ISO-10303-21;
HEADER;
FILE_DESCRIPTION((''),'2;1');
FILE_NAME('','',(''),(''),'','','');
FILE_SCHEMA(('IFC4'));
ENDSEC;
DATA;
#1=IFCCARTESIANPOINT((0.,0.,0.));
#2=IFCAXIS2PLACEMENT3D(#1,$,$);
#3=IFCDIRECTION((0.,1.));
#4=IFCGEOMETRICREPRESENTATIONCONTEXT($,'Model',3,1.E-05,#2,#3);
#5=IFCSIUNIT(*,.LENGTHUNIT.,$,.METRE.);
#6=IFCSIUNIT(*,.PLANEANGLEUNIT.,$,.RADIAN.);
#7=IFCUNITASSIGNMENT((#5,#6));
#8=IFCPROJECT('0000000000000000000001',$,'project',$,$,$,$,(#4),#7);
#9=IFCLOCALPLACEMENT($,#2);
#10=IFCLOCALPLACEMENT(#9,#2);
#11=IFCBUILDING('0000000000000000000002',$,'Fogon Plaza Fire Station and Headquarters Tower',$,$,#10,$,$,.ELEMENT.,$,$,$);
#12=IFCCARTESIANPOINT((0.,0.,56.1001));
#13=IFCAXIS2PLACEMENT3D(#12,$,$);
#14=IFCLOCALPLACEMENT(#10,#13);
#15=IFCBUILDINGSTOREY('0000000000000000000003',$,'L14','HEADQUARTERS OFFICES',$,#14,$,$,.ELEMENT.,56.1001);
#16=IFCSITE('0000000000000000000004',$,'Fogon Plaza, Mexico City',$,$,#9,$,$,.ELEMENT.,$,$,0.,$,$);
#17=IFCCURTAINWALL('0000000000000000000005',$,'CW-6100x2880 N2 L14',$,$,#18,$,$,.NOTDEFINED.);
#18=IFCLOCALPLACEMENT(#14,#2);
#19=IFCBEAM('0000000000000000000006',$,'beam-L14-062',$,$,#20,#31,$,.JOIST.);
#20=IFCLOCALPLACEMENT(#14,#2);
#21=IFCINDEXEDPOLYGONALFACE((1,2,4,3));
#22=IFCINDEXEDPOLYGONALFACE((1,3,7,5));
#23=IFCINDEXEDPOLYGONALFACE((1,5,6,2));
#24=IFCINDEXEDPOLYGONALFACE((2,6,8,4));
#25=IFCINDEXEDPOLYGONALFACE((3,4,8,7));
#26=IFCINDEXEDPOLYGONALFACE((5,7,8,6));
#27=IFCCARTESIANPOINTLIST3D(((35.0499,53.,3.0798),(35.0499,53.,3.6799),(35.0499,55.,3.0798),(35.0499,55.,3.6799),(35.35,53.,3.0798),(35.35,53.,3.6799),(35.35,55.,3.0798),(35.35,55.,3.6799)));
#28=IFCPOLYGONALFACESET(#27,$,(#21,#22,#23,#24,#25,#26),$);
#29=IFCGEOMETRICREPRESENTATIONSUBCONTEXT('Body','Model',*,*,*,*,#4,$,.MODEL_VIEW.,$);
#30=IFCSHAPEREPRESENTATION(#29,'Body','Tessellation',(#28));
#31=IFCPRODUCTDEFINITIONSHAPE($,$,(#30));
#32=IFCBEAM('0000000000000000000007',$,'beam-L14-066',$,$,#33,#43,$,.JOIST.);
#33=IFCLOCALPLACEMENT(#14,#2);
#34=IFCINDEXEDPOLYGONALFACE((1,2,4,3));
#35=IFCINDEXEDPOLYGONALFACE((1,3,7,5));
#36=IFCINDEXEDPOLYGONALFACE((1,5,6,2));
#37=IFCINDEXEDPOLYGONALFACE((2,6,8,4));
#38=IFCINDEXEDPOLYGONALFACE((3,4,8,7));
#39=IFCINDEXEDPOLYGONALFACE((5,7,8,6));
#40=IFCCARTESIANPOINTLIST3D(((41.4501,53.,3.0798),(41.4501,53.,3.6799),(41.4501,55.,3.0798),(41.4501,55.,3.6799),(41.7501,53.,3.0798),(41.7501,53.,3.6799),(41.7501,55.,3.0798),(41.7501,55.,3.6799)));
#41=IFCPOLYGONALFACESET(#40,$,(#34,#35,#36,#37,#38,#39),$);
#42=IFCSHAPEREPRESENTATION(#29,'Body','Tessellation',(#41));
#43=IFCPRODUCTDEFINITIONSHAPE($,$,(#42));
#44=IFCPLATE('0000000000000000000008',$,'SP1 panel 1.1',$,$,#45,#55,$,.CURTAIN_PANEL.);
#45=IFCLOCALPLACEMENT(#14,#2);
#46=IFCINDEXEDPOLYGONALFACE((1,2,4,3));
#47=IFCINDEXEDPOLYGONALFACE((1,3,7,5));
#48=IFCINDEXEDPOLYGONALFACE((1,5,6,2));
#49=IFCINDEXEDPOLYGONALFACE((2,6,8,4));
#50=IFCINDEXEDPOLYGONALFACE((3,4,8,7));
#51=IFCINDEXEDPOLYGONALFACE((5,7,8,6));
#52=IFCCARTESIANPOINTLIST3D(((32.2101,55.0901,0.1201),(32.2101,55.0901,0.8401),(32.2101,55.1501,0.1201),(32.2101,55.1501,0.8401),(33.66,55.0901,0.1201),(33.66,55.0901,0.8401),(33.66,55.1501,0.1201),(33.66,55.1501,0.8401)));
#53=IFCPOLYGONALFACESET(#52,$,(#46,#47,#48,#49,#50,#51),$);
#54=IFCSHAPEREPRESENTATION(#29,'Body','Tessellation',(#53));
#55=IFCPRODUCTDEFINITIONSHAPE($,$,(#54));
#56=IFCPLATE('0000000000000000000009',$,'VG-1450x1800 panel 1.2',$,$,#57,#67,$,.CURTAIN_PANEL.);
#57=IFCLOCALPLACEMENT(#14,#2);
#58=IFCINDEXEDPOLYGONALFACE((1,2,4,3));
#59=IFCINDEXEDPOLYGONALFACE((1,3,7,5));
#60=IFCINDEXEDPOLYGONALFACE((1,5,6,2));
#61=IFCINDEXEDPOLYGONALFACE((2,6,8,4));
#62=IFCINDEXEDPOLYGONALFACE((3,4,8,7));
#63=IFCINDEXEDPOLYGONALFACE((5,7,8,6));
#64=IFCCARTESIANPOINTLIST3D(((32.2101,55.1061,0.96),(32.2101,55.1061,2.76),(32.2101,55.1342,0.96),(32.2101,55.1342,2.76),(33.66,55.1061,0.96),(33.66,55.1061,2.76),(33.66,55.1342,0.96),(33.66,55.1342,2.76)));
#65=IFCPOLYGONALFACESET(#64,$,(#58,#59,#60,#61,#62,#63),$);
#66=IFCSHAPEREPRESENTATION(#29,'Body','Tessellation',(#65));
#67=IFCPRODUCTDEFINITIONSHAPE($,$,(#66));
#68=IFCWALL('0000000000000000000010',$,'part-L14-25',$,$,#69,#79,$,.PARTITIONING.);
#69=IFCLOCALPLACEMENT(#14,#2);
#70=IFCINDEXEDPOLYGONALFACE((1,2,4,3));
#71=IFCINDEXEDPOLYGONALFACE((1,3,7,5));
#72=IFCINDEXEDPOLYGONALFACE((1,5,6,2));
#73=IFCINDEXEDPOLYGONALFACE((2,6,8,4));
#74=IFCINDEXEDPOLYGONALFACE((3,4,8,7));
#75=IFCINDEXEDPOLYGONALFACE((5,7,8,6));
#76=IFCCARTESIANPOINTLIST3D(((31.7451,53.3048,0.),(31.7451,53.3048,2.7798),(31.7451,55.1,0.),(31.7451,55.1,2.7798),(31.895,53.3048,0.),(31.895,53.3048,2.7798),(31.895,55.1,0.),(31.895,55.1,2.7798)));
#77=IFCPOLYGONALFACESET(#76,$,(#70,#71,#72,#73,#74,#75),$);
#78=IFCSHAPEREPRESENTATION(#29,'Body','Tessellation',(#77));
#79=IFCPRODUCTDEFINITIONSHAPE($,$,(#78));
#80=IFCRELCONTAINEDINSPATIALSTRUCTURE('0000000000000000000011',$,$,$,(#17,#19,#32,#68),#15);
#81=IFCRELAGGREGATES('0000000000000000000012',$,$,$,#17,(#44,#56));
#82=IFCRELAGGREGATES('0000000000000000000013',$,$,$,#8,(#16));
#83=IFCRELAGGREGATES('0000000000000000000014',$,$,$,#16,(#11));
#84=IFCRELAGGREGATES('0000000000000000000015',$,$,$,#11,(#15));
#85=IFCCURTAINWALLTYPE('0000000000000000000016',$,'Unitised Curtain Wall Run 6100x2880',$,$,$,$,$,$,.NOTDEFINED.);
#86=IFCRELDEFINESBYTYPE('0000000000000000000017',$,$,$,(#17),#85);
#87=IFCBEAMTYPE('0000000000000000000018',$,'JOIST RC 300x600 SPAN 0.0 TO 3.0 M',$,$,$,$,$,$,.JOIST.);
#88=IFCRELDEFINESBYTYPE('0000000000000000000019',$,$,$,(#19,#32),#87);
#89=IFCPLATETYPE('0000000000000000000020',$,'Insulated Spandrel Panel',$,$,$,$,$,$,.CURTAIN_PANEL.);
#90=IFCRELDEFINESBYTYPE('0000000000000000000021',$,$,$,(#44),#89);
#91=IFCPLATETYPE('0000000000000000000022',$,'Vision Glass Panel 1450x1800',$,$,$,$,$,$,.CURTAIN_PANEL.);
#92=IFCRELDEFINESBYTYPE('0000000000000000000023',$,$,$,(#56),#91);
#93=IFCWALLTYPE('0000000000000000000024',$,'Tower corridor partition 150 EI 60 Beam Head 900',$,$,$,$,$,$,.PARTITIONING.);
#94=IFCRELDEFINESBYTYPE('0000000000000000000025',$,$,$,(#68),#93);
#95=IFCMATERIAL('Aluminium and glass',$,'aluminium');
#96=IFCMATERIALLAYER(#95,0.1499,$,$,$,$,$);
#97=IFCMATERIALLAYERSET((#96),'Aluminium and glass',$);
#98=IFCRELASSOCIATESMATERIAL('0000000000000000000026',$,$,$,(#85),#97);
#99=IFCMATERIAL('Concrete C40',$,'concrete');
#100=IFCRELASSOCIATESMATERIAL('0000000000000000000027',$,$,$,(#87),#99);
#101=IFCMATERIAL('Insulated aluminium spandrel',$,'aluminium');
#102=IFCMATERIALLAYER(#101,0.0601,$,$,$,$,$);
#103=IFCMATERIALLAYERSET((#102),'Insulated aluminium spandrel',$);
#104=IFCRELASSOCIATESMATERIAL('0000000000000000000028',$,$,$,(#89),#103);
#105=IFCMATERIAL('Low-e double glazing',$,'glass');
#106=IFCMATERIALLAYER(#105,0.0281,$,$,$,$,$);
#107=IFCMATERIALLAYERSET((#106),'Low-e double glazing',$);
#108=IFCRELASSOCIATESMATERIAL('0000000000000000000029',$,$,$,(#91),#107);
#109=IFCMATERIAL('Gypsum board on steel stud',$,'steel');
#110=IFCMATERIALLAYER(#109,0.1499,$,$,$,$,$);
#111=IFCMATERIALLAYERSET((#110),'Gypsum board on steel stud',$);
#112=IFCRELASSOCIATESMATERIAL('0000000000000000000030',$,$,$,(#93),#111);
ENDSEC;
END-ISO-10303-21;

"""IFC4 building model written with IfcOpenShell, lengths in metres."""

from ifc_helpers import new_model, si_unit, direction, frame, frame_2d, origin, origin_2d, place, context, subcontext, project, spatial, rectangle, extrude, material, layer, layer_set, material_profile, profile_set, type_object, element, aggregate, save


model = new_model("IFC4")

# Units and contexts
model_context = context("Model", 3, precision=1e-05, world=origin(), true_north=direction((0.0, 1.0)))
body_context = subcontext(model_context, "Body", "Model", "MODEL_VIEW")
ifc_project = project(units=[si_unit("LENGTHUNIT", "METRE"), si_unit("PLANEANGLEUNIT", "RADIAN")], contexts=[model_context])

# Site, building, storey
site_placement = place(None, origin())
site = spatial("IfcSite", under=ifc_project, at=site_placement, Name="Fogon Plaza, Mexico City", CompositionType="ELEMENT", RefElevation=0.0)
building_placement = place(site_placement, origin())
building = spatial("IfcBuilding", under=site, at=building_placement, Name="Fogon Plaza Fire Station and Headquarters Tower", CompositionType="ELEMENT")
storey_placement = place(building_placement, frame((0.0, 0.0, 56.1001)))
storey = spatial("IfcBuildingStorey", under=building, at=storey_placement, Name="L14", Description="HEADQUARTERS OFFICES", CompositionType="ELEMENT", Elevation=56.1001)

# Shared definitions
ifc_material_1 = material(Name="Aluminium and glass", Category="aluminium")
ifc_layer_1 = layer(ifc_material_1, 0.1499)
ifc_layer_set_1 = layer_set([ifc_layer_1], Name="Aluminium and glass")
curtain_wall_type = type_object("IfcCurtainWallType", Name="Unitised Curtain Wall Run 6100x2880", PredefinedType="NOTDEFINED", material=ifc_layer_set_1)

# Curtain wall
curtain_wall_1_placement = place(storey_placement, origin())
curtain_wall_1 = element("IfcCurtainWall", 1, at=curtain_wall_1_placement, inside=storey, type_object=curtain_wall_type, Name="CW-6100x2880 N2 L14", PredefinedType="NOTDEFINED")

# Beams
ifc_material_2 = material(Name="Concrete C40", Category="concrete")
ifc_material_profile_1 = material_profile(ifc_material_2, rectangle(XDim=0.3, YDim=0.6001, at=origin_2d()), Name="RC 300x600")
ifc_profile_set_1 = profile_set([ifc_material_profile_1], Name="Concrete C40")
beam_type_1 = type_object("IfcBeamType", Name="JOIST RC 300x600 SPAN 0.0 TO 3.0 M", PredefinedType="JOIST", material=ifc_profile_set_1)
for number, where, z_axis, x_axis, name in (
    (2, (35.2, 53.0, 3.3799), (0.0, 1.0, 0.0), (-1.0, 0.0, 0.0), "beam-L14-062"),
    (3, (41.6001, 53.0, 3.3799), (0.0, 1.0, 0.0), (-1.0, 0.0, 0.0), "beam-L14-066"),
):
    element("IfcBeam", number, at=place(storey_placement, frame(where, z_axis=z_axis, x_axis=x_axis)), inside=storey, type_object=beam_type_1, Name=name, PredefinedType="JOIST", context=body_context, shape_type="SweptSolid", body=[
        extrude(rectangle(XDim=0.3, YDim=0.6001, at=origin_2d()), origin(), (0.0, 0.0, 1.0), 2.0),
    ])

# Plates
ifc_material_3 = material(Name="Insulated aluminium spandrel", Category="aluminium")
ifc_layer_2 = layer(ifc_material_3, 0.0601)
ifc_layer_set_2 = layer_set([ifc_layer_2], Name="Insulated aluminium spandrel")
plate_type_1 = type_object("IfcPlateType", Name="Insulated Spandrel Panel", PredefinedType="CURTAIN_PANEL", material=ifc_layer_set_2)
plate_1_placement = place(storey_placement, frame((32.9351, 55.1201, 0.1201), z_axis=(0.0, 0.0, 1.0), x_axis=(1.0, 0.0, 0.0)))
plate_1 = element("IfcPlate", 4, at=plate_1_placement, type_object=plate_type_1, Name="SP1 panel 1.1", PredefinedType="CURTAIN_PANEL", context=body_context, shape_type="SweptSolid", body=[
    extrude(rectangle(XDim=1.45, YDim=0.0601, at=origin_2d()), origin(), (0.0, 0.0, 1.0), 0.72),
])
ifc_material_4 = material(Name="Low-e double glazing", Category="glass")
ifc_layer_3 = layer(ifc_material_4, 0.0281)
ifc_layer_set_3 = layer_set([ifc_layer_3], Name="Low-e double glazing")
plate_type_2 = type_object("IfcPlateType", Name="Vision Glass Panel 1450x1800", PredefinedType="CURTAIN_PANEL", material=ifc_layer_set_3)
plate_2_placement = place(storey_placement, frame((32.9351, 55.1201, 0.96), z_axis=(0.0, 0.0, 1.0), x_axis=(1.0, 0.0, 0.0)))
plate_2 = element("IfcPlate", 5, at=plate_2_placement, type_object=plate_type_2, Name="VG-1450x1800 panel 1.2", PredefinedType="CURTAIN_PANEL", context=body_context, shape_type="SweptSolid", body=[
    extrude(rectangle(XDim=1.45, YDim=0.0281, at=origin_2d()), origin(), (0.0, 0.0, 1.0), 1.8),
])
aggregate(curtain_wall_1, [plate_1, plate_2])

# Wall
ifc_material_5 = material(Name="Gypsum board on steel stud", Category="steel")
ifc_layer_4 = layer(ifc_material_5, 0.1499)
ifc_layer_set_4 = layer_set([ifc_layer_4], Name="Gypsum board on steel stud")
wall_type = type_object("IfcWallType", Name="Tower corridor partition 150 EI 60 Beam Head 900", PredefinedType="PARTITIONING", material=ifc_layer_set_4)
wall_placement = place(storey_placement, frame((31.8201, 53.3049, 0.0), z_axis=(0.0, 0.0, 1.0), x_axis=(0.0, 1.0, 0.0)))
element("IfcWall", 6, at=wall_placement, inside=storey, type_object=wall_type, Name="part-L14-25", PredefinedType="PARTITIONING", context=body_context, shape_type="SweptSolid", body=[
    extrude(rectangle(XDim=1.7952, YDim=0.1499, at=frame_2d((0.8975, 0.0))), origin(), (0.0, 0.0, 1.0), 2.7798),
])

save(model, "model.ifc")
